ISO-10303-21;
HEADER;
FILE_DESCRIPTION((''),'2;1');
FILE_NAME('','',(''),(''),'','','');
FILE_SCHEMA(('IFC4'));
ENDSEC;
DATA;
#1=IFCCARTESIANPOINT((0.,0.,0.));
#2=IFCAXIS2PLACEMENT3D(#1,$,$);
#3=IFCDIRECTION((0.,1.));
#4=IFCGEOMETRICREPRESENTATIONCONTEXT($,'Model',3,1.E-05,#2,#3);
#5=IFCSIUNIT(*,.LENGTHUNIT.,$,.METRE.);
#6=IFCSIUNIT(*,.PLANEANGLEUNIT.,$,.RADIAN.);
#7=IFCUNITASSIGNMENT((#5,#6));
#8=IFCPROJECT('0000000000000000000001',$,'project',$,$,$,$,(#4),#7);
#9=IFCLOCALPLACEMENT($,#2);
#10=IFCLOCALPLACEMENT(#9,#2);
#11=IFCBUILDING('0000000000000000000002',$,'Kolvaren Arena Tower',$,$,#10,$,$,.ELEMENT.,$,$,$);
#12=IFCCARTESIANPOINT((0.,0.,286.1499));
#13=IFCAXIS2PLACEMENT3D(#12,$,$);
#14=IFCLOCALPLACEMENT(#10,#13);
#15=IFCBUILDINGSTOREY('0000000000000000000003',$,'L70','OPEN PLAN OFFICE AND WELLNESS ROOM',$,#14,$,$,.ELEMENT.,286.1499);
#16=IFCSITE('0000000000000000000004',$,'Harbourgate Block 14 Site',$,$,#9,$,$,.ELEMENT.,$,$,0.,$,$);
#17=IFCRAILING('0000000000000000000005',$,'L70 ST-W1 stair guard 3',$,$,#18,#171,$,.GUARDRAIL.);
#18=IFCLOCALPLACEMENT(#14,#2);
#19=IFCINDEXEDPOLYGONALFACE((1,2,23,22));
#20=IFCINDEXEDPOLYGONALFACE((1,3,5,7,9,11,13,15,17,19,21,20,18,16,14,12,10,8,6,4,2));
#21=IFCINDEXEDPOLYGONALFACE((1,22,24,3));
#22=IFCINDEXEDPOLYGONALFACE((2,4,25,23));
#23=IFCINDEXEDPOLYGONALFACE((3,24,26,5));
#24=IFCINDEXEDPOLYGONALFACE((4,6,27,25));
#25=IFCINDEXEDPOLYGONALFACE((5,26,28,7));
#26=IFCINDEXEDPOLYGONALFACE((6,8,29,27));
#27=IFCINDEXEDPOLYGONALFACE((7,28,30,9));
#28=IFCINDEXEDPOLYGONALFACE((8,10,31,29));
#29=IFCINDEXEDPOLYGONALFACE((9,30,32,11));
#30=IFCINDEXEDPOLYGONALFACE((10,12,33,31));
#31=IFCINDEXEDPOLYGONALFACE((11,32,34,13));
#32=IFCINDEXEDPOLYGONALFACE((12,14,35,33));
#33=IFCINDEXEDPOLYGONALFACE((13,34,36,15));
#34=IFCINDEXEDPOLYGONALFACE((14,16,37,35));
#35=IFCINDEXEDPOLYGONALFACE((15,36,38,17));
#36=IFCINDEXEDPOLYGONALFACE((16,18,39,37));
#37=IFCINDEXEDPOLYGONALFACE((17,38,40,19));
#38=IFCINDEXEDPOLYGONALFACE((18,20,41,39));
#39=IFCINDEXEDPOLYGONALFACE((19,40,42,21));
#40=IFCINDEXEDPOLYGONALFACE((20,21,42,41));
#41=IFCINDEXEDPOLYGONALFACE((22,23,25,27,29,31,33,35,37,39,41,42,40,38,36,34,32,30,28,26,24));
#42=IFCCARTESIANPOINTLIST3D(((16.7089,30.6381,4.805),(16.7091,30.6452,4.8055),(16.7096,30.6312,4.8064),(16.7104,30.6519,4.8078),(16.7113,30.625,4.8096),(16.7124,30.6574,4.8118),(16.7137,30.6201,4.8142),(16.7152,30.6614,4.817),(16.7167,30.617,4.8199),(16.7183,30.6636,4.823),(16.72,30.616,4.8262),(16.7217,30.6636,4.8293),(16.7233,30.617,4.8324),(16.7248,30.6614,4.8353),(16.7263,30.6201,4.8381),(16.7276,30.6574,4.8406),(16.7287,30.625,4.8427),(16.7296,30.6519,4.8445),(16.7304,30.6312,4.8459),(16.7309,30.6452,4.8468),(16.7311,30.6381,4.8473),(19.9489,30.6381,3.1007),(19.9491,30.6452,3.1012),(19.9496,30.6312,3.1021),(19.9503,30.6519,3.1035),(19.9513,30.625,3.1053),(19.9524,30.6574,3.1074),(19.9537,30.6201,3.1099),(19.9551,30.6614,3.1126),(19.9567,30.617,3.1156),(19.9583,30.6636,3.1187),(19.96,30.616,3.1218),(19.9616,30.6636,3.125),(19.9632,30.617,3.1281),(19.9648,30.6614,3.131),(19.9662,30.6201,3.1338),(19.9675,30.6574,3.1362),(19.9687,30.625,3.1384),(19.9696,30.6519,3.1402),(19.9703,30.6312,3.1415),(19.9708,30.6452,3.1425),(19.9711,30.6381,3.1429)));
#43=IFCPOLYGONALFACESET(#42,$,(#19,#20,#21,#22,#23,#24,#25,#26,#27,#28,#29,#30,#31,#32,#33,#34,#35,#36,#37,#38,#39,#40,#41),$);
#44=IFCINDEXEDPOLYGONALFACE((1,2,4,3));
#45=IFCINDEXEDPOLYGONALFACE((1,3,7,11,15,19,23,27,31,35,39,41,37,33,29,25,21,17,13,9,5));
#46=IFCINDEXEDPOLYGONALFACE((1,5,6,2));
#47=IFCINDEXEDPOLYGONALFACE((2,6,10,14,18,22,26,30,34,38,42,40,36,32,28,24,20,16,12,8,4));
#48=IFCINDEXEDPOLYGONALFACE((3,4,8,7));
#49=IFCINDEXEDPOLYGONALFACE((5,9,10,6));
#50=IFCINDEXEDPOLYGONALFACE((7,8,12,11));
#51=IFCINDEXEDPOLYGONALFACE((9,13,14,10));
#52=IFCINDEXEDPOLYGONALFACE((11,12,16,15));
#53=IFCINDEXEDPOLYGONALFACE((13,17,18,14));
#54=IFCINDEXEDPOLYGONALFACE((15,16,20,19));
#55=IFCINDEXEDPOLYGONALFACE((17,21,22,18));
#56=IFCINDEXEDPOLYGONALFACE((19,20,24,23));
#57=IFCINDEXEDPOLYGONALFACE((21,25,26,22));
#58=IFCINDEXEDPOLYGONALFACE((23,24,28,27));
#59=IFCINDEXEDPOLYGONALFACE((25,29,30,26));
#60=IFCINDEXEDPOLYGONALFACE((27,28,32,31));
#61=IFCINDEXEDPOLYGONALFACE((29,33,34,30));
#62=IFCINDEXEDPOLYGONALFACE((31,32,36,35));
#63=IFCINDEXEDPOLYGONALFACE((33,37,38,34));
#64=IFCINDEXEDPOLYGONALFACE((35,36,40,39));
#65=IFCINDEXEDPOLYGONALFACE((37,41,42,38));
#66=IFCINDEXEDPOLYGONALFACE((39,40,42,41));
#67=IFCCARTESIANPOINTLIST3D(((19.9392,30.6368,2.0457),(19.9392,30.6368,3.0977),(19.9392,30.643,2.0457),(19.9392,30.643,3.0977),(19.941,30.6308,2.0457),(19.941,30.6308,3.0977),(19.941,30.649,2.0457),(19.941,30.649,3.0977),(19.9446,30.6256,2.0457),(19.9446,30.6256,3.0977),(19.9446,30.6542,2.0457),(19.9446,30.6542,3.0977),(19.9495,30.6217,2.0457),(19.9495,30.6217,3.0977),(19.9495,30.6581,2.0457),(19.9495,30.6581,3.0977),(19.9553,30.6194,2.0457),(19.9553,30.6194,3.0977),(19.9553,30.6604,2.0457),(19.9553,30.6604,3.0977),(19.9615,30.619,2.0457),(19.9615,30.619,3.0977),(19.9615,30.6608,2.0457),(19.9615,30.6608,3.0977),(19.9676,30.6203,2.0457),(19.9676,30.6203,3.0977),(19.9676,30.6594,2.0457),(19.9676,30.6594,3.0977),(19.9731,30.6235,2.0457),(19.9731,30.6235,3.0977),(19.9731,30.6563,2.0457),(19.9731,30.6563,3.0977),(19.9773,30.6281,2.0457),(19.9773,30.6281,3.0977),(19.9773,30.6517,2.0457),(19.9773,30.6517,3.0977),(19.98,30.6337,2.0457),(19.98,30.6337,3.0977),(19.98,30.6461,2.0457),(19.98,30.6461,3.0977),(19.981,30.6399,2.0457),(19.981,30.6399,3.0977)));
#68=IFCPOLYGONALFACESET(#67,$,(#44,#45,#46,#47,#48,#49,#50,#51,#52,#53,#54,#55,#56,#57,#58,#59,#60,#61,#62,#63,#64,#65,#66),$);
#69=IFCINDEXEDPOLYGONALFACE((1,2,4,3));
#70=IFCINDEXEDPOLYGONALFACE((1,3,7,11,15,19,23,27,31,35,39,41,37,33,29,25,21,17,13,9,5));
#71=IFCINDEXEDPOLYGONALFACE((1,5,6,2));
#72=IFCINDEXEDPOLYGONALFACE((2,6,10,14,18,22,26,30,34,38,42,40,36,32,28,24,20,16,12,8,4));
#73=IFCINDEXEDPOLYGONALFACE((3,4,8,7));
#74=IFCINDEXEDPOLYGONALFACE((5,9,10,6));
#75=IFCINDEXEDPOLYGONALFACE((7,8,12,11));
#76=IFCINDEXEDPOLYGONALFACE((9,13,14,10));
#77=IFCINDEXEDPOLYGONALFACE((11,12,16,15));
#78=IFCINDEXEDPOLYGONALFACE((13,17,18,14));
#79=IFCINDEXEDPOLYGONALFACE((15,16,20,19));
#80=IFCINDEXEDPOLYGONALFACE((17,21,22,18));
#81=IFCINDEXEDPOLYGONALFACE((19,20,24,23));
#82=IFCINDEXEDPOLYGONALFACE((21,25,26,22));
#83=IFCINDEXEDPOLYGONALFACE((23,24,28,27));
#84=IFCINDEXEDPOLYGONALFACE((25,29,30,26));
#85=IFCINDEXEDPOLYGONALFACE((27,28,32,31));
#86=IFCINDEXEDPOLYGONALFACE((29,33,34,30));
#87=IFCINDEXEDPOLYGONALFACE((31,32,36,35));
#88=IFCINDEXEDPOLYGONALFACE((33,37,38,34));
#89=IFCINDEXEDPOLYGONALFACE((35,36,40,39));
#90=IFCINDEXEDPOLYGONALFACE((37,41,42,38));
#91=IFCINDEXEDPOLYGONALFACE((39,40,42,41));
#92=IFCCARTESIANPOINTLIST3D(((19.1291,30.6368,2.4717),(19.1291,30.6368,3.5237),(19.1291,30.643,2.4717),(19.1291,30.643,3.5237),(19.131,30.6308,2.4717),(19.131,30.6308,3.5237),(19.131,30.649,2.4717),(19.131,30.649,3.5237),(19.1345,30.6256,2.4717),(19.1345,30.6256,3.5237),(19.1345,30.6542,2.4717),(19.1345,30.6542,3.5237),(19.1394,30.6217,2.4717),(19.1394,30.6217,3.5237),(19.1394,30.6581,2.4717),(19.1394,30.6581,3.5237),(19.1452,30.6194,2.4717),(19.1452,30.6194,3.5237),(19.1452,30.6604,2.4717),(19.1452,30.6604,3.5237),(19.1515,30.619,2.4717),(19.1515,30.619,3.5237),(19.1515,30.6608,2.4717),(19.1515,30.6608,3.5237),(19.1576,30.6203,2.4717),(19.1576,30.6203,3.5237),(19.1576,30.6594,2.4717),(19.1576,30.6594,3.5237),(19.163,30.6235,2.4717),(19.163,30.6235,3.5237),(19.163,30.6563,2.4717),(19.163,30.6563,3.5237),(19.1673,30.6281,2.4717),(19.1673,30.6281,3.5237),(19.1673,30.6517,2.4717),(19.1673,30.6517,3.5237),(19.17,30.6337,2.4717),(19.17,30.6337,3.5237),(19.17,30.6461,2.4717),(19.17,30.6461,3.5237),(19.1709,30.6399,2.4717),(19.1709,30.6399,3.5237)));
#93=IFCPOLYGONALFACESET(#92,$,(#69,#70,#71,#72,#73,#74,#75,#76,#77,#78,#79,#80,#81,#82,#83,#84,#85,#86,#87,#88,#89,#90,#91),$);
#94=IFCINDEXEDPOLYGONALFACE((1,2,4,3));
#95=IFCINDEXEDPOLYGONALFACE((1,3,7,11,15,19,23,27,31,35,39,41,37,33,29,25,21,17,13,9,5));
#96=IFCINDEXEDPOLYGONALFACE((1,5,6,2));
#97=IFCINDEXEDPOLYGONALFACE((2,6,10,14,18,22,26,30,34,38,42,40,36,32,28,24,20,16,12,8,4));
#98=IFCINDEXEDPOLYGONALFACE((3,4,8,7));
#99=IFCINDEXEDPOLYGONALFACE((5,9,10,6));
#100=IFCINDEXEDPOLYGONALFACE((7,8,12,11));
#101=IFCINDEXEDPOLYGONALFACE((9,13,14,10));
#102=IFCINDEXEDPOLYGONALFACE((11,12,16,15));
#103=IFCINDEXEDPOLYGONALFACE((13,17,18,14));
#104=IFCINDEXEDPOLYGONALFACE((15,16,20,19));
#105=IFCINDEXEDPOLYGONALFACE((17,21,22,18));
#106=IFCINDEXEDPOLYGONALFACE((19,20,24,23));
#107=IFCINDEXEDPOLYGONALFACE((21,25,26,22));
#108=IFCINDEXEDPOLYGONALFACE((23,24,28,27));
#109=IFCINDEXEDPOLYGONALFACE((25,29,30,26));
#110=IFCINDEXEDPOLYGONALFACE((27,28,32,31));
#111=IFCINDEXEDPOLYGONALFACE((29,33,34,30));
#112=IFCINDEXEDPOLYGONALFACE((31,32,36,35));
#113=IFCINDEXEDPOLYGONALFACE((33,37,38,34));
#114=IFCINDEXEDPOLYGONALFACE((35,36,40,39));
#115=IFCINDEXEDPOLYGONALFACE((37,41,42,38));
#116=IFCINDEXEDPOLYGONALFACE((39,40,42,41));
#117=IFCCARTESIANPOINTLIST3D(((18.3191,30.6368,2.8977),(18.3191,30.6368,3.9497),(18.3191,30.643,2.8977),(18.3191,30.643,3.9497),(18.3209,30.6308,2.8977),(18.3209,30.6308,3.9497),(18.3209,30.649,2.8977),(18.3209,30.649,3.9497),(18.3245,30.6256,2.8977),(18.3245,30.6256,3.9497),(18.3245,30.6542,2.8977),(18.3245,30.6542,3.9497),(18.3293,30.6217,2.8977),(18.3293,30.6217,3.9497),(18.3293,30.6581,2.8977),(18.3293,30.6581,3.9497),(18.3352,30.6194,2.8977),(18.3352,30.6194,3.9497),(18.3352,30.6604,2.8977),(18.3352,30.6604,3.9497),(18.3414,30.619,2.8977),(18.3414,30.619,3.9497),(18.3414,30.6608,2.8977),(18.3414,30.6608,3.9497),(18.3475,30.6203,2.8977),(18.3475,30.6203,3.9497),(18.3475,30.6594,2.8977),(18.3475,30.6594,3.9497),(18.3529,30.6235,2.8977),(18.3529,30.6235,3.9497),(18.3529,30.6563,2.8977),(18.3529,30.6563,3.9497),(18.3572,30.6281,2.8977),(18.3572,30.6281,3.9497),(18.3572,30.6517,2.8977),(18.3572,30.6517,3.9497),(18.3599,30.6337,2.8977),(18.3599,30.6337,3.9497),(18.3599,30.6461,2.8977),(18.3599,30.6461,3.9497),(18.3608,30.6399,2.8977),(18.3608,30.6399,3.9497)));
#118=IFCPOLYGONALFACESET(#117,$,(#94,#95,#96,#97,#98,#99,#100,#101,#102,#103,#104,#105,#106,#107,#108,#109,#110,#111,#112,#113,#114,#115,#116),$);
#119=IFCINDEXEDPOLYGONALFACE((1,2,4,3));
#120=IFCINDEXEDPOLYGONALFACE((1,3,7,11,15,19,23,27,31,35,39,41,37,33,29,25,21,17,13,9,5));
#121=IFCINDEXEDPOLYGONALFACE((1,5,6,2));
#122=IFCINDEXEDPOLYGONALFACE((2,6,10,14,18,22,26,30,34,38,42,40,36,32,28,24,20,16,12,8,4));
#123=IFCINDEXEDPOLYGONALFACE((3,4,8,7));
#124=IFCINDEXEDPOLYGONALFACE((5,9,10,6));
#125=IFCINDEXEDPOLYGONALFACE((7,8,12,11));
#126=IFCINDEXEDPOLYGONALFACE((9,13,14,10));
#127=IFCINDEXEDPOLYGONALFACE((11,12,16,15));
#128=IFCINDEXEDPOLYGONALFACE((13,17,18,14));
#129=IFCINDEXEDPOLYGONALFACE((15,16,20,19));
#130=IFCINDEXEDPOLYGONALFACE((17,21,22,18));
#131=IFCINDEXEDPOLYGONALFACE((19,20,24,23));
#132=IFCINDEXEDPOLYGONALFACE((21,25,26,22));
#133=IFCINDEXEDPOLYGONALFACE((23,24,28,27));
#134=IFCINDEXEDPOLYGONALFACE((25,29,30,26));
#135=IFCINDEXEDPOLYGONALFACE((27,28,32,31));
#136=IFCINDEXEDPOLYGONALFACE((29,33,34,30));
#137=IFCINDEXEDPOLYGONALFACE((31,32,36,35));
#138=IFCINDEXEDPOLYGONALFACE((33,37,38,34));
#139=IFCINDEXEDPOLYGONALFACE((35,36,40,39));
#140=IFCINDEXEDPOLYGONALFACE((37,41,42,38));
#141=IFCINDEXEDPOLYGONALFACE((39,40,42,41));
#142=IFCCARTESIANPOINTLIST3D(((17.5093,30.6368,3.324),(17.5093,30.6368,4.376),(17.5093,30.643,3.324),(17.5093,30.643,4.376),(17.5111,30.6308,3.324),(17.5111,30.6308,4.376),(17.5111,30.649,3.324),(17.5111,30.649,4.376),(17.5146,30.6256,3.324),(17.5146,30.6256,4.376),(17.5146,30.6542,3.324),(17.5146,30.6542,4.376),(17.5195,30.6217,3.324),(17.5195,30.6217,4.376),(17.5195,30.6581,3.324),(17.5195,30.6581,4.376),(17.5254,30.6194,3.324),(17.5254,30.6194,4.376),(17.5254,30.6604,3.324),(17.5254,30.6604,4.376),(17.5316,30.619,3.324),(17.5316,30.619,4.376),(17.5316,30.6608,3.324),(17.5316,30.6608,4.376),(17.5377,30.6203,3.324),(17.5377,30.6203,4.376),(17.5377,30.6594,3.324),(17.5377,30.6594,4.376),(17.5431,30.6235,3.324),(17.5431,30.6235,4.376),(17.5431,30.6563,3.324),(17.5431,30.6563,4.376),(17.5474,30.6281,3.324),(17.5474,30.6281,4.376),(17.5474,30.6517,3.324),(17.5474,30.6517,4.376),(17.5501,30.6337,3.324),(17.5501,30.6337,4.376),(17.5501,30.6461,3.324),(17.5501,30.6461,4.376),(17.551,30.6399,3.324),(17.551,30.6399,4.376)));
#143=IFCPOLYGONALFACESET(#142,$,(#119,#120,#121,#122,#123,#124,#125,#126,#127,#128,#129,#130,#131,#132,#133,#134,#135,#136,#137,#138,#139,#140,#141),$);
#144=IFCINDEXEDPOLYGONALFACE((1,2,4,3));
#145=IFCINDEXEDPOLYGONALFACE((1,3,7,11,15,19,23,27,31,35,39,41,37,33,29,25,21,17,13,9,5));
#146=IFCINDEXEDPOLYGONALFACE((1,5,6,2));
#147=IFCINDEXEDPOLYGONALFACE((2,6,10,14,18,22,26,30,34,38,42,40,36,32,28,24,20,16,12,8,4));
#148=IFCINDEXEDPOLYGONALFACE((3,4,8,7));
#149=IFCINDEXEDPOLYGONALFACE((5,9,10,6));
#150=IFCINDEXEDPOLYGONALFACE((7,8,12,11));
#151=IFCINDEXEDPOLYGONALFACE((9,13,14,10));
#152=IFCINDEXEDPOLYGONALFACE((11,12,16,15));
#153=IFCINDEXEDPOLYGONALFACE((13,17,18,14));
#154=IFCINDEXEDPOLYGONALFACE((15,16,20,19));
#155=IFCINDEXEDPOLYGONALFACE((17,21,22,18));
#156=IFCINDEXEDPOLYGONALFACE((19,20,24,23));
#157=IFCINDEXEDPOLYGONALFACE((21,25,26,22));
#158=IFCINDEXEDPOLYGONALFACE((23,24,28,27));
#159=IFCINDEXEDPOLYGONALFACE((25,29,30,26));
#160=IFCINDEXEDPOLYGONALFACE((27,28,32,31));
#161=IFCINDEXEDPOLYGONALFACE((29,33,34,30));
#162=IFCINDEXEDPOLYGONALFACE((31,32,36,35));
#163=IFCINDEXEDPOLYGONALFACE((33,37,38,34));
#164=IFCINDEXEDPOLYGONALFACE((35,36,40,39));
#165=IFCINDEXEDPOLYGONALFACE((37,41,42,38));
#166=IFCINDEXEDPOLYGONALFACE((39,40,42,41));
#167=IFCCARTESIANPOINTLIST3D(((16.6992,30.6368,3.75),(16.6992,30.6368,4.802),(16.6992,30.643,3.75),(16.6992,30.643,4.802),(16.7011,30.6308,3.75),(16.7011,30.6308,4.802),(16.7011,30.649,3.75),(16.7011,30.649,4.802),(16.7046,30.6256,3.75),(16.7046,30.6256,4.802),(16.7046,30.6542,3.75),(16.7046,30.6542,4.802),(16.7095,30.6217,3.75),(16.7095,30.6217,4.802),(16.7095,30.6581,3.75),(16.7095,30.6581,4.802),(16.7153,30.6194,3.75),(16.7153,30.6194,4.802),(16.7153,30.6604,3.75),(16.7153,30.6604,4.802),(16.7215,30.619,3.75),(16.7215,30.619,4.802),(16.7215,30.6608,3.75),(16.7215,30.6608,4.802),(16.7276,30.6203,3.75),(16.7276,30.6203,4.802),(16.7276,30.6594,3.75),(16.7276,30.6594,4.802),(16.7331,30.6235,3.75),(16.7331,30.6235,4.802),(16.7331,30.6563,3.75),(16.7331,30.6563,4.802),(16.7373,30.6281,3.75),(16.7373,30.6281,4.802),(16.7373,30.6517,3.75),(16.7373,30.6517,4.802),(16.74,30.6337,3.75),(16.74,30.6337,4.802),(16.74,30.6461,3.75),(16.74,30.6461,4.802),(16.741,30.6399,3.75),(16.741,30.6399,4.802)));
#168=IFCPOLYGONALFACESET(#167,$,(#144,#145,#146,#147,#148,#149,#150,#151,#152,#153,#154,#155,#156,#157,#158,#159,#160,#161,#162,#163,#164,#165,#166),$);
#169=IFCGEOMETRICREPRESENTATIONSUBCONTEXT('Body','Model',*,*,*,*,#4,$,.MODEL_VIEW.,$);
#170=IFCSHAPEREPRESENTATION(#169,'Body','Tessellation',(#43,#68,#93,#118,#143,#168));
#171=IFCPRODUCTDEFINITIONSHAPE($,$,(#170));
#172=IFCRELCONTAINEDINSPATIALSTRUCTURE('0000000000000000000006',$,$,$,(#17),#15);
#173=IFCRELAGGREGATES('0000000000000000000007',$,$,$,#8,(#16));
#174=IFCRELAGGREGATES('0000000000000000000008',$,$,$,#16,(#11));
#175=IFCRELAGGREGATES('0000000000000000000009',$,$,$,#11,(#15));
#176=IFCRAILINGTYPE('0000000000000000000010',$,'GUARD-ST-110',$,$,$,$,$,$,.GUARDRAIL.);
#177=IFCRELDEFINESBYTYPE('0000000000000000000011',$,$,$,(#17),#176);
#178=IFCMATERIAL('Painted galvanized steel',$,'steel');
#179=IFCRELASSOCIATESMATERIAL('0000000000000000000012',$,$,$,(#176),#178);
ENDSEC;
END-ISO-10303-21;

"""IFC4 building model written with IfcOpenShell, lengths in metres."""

from ifc_helpers import new_model, si_unit, direction, frame, origin, origin_2d, place, context, subcontext, project, spatial, circle, extrude, material, type_object, element, save


model = new_model("IFC4")

# Units and contexts
model_context = context("Model", 3, precision=1e-05, world=origin(), true_north=direction((0.0, 1.0)))
body_context = subcontext(model_context, "Body", "Model", "MODEL_VIEW")
ifc_project = project(units=[si_unit("LENGTHUNIT", "METRE"), si_unit("PLANEANGLEUNIT", "RADIAN")], contexts=[model_context])

# Site, building, storey
site_placement = place(None, origin())
site = spatial("IfcSite", under=ifc_project, at=site_placement, Name="Harbourgate Block 14 Site", CompositionType="ELEMENT", RefElevation=0.0)
building_placement = place(site_placement, origin())
building = spatial("IfcBuilding", under=site, at=building_placement, Name="Kolvaren Arena Tower", CompositionType="ELEMENT")
storey_placement = place(building_placement, frame((0.0, 0.0, 286.1499)))
storey = spatial("IfcBuildingStorey", under=building, at=storey_placement, Name="L70", Description="OPEN PLAN OFFICE AND WELLNESS ROOM", CompositionType="ELEMENT", Elevation=286.1499)

# Railing
ifc_material_1 = material(Name="Painted galvanized steel", Category="steel")
railing_type_1 = type_object("IfcRailingType", Name="GUARD-ST-110", PredefinedType="GUARDRAIL", material=ifc_material_1)
railing_1_placement = place(storey_placement, frame((19.96, 30.6399, 2.0457)))
element("IfcRailing", 1, at=railing_1_placement, inside=storey, type_object=railing_type_1, Name="L70 ST-W1 stair guard 3", PredefinedType="GUARDRAIL", context=body_context, shape_type="SweptSolid", body=[
    extrude(circle(Radius=0.0239, at=origin_2d()), frame((0.0, 0.0, 1.0762), z_axis=(-0.885021, 0.0, 0.465551), x_axis=(0.0, -1.0, 0.0)), (0.0, 0.0, 1.0), 3.6609),
    extrude(circle(Radius=0.021, at=origin_2d()), origin(), (0.0, 0.0, 1.0), 1.052),
    extrude(circle(Radius=0.021, at=origin_2d()), frame((-0.8101, 0.0, 0.426)), (0.0, 0.0, 1.0), 1.052),
    extrude(circle(Radius=0.021, at=origin_2d()), frame((-1.6201, 0.0, 0.8521)), (0.0, 0.0, 1.0), 1.052),
    extrude(circle(Radius=0.021, at=origin_2d()), frame((-2.4299, 0.0, 1.2783)), (0.0, 0.0, 1.0), 1.052),
    extrude(circle(Radius=0.021, at=origin_2d()), frame((-3.24, 0.0, 1.7043)), (0.0, 0.0, 1.0), 1.052),
])

save(model, "model.ifc")
